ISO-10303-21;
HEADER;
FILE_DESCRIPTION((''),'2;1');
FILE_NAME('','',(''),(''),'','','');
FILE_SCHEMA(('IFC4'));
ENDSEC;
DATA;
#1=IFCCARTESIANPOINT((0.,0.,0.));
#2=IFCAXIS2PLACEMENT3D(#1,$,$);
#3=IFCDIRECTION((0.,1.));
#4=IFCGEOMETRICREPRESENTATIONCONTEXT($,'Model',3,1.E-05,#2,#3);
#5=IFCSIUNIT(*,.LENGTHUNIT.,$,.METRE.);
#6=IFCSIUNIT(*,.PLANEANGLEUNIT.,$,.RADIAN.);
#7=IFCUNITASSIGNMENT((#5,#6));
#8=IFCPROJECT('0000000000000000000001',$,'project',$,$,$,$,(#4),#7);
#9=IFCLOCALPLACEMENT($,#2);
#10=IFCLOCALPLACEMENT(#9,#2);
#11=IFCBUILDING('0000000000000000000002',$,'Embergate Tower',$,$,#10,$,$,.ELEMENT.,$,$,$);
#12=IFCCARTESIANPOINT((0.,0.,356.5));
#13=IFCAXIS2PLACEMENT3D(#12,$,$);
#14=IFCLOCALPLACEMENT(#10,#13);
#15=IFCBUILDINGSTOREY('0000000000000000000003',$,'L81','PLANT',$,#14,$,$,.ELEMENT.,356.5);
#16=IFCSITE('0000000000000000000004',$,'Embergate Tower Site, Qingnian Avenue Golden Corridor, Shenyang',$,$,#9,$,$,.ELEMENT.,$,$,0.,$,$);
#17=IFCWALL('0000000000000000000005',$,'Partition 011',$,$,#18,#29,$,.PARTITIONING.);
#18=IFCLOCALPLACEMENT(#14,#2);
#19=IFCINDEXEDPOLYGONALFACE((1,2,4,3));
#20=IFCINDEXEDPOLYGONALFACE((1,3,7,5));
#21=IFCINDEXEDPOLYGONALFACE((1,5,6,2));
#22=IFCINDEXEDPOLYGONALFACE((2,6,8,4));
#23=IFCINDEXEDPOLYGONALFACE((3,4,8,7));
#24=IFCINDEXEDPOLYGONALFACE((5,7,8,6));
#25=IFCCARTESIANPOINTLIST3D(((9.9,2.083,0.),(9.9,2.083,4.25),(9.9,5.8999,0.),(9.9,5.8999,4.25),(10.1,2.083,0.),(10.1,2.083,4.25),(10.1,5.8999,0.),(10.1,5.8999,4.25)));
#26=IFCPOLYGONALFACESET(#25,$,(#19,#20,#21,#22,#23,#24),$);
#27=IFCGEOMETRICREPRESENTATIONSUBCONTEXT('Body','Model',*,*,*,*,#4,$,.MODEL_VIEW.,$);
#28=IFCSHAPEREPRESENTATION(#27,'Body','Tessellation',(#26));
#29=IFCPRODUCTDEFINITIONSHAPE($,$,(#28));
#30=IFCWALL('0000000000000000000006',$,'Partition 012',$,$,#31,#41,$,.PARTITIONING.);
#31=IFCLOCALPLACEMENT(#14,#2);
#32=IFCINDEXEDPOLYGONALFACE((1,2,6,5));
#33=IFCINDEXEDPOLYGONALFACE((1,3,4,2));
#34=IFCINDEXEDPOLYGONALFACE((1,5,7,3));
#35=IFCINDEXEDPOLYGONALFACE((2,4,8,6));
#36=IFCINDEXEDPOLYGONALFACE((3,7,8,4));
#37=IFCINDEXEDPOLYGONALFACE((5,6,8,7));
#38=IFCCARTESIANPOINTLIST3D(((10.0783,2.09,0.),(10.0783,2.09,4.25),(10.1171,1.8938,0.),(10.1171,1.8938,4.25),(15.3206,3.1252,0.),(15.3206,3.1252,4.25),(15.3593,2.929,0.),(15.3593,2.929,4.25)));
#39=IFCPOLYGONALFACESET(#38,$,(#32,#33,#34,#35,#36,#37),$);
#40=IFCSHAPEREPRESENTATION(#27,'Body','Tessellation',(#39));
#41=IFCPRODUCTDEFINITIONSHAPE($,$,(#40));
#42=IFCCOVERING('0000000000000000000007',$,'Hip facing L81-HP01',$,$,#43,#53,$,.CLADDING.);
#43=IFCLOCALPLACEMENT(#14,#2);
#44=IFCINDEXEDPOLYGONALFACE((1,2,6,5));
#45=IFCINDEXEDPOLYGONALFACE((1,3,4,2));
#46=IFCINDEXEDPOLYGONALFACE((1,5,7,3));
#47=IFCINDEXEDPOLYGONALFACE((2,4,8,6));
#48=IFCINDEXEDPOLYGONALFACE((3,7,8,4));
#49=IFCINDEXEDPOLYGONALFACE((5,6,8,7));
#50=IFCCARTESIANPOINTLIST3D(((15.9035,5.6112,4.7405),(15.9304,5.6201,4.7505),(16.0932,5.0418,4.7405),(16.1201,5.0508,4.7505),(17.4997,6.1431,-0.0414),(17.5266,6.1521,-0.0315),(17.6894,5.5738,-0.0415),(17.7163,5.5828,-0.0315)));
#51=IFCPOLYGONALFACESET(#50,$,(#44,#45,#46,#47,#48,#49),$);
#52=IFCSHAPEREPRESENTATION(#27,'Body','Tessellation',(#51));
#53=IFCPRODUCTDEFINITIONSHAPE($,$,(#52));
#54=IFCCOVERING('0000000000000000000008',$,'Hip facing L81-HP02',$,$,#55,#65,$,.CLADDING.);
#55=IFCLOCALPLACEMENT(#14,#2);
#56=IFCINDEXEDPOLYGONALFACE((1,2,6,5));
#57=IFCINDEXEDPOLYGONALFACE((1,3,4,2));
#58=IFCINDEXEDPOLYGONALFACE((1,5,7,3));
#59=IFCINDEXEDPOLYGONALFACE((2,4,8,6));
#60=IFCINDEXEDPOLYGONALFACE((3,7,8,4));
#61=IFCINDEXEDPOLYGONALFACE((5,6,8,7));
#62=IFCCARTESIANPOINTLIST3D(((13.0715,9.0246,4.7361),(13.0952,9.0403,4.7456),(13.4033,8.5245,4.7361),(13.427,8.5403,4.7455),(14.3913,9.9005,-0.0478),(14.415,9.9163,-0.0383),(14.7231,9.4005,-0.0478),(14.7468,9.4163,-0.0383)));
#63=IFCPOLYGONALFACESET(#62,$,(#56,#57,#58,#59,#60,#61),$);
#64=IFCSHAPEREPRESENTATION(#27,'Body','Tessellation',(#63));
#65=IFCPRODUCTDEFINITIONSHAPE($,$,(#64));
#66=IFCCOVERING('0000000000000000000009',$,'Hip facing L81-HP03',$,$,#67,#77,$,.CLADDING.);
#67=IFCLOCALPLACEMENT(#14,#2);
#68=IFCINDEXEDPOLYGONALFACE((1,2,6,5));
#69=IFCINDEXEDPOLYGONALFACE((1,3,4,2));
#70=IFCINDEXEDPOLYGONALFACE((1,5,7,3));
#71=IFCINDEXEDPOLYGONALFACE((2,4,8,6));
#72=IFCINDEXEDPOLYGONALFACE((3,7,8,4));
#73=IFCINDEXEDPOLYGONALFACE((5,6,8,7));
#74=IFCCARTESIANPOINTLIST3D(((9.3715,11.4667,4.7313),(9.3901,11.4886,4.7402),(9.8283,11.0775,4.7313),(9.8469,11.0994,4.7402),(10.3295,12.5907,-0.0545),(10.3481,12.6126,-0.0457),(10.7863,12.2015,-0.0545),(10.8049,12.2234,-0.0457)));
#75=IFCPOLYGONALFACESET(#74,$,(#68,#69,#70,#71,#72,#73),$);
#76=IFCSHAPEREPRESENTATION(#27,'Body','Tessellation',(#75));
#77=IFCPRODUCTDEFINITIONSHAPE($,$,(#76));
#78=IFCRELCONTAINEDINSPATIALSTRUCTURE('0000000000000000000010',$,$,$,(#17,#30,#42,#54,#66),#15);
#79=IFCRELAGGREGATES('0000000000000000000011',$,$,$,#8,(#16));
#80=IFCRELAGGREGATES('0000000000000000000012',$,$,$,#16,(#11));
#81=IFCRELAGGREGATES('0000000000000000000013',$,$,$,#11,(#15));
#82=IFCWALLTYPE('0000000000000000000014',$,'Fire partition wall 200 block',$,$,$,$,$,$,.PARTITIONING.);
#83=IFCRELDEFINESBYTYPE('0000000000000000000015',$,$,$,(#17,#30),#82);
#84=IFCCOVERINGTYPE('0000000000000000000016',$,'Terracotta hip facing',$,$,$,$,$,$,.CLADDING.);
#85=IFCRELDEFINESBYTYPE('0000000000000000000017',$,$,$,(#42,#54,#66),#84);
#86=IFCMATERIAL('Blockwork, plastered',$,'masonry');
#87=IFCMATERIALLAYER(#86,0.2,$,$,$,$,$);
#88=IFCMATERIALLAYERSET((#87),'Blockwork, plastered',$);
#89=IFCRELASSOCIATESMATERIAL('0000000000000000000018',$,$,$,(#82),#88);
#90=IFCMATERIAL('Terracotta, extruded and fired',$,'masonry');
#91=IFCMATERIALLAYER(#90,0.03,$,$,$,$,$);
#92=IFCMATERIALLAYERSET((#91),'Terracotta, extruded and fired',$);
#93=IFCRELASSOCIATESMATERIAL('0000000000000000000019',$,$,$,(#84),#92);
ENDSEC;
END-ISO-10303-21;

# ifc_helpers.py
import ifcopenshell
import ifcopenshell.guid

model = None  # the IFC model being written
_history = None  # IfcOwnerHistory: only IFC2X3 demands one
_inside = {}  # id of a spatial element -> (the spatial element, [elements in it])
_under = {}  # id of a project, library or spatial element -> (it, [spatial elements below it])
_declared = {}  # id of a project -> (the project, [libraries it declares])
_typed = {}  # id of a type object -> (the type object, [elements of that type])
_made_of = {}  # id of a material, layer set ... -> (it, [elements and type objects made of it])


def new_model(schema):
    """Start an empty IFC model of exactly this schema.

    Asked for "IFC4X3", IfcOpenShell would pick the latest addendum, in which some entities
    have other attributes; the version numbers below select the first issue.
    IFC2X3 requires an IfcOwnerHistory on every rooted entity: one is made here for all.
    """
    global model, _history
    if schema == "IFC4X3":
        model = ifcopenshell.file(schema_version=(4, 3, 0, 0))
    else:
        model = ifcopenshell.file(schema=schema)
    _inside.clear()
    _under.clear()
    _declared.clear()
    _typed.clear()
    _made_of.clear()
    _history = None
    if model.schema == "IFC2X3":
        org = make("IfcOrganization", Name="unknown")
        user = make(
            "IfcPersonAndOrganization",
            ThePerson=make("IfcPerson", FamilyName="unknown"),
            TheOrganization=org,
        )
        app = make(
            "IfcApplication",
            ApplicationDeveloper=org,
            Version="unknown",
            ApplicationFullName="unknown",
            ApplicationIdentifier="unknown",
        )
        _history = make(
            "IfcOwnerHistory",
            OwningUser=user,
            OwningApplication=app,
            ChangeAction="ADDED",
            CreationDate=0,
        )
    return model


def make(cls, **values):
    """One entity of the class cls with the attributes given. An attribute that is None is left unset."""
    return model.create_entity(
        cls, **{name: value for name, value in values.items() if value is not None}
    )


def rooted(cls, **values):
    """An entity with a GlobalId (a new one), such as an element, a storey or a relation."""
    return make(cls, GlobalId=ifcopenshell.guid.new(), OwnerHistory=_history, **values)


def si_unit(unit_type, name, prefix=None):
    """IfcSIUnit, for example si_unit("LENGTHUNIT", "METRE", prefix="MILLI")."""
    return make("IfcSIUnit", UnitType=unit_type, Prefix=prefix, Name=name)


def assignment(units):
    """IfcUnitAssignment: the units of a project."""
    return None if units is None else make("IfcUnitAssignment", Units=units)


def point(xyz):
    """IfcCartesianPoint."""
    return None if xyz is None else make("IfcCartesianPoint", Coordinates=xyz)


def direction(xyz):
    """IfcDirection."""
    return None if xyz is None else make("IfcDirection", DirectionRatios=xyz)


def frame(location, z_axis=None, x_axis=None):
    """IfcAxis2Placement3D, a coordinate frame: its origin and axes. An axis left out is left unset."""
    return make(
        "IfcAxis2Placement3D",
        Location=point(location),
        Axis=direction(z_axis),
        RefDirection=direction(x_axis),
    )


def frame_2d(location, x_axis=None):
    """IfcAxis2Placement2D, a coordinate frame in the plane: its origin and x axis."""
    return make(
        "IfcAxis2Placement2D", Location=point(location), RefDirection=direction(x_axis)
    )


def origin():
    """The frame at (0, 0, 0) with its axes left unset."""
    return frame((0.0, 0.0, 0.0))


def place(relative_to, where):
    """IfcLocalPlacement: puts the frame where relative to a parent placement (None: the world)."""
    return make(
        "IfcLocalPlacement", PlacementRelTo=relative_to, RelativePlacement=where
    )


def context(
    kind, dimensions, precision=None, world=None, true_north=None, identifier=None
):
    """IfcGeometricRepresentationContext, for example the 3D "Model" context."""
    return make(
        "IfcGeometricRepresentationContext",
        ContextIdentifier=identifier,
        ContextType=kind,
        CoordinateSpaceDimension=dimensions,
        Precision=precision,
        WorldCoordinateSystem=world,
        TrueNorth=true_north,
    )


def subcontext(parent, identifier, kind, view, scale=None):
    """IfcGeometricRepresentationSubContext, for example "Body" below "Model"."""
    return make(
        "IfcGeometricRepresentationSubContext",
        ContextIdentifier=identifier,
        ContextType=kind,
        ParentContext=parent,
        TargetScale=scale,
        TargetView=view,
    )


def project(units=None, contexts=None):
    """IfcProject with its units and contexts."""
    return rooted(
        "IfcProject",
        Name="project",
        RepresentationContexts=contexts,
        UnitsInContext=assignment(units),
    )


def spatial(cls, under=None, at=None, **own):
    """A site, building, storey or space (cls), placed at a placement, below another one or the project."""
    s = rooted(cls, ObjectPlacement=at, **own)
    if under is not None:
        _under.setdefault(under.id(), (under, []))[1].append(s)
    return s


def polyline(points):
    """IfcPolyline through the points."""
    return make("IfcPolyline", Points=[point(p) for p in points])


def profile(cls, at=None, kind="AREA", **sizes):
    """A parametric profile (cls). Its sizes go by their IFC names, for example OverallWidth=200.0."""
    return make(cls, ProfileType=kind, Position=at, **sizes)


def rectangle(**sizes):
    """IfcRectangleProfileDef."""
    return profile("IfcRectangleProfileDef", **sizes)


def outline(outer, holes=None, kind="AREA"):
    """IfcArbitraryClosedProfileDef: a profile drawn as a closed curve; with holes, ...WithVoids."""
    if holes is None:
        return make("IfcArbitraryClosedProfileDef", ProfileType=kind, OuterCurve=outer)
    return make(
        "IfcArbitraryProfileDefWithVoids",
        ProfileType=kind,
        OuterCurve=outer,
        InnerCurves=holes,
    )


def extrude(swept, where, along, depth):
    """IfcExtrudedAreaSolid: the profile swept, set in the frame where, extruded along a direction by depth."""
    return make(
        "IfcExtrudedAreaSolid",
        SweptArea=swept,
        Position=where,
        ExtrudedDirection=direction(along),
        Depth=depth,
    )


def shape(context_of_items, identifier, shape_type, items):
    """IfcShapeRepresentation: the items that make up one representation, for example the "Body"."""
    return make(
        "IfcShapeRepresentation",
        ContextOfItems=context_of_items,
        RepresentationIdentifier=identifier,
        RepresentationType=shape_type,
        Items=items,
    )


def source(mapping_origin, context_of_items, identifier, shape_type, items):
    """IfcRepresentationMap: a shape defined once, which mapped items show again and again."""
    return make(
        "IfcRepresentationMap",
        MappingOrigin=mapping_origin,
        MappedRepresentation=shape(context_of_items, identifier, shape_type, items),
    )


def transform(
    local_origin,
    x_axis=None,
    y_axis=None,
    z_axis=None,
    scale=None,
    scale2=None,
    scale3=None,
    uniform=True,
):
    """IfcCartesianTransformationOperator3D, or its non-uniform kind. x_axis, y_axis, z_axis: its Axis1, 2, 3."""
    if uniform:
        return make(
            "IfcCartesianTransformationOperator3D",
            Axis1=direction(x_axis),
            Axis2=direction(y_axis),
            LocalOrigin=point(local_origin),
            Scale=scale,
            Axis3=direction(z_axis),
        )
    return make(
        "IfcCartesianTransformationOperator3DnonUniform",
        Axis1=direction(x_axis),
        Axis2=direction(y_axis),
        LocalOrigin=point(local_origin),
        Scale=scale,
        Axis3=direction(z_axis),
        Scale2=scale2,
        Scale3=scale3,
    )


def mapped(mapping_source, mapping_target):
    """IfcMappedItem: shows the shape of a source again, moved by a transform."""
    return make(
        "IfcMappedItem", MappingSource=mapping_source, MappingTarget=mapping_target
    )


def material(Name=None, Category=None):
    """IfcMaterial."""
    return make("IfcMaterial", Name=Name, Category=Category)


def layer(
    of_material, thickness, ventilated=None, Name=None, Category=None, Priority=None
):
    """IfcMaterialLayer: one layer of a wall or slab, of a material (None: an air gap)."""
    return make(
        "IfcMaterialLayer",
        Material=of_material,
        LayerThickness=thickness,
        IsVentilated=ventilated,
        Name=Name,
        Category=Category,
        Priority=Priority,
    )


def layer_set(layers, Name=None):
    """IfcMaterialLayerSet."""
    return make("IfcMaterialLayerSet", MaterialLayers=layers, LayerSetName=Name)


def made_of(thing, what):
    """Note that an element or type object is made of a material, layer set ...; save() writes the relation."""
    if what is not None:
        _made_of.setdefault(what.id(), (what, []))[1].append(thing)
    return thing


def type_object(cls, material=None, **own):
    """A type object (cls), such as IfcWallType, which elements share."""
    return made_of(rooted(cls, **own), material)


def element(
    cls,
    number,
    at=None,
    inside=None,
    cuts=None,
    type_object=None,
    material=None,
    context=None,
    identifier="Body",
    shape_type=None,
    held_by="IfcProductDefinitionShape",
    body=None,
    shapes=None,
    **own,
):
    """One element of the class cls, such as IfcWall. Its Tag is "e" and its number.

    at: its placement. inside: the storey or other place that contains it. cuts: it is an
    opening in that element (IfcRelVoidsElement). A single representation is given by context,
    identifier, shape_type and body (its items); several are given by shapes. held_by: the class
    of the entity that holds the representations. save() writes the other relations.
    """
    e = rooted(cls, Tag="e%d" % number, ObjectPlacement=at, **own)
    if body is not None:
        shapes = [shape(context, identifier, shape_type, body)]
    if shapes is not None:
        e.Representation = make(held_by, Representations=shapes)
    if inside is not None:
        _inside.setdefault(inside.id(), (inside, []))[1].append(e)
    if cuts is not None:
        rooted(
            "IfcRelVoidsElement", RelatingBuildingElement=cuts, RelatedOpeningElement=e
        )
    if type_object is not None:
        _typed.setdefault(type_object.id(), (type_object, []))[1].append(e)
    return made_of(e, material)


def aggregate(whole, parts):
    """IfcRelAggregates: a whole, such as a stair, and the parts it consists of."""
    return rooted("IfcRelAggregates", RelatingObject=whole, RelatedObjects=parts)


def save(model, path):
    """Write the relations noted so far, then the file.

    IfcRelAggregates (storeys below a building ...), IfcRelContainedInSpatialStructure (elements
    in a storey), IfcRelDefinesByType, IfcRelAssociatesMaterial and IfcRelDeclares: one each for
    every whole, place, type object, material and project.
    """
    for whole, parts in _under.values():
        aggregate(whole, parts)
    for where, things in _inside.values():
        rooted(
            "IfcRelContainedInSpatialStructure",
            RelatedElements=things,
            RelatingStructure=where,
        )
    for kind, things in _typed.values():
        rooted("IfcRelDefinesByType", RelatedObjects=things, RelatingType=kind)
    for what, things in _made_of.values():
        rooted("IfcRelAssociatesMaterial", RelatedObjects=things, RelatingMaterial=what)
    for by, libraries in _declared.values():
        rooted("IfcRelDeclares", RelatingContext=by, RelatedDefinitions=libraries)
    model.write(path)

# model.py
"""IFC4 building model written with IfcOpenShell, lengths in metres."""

from ifc_helpers import new_model, si_unit, direction, frame, frame_2d, origin, place, context, subcontext, project, spatial, polyline, rectangle, outline, extrude, source, transform, mapped, material, layer, layer_set, type_object, element, save


model = new_model("IFC4")

# Units and contexts
model_context = context("Model", 3, precision=1e-05, world=origin(), true_north=direction((0.0, 1.0)))
body_context = subcontext(model_context, "Body", "Model", "MODEL_VIEW")
ifc_project = project(units=[si_unit("LENGTHUNIT", "METRE"), si_unit("PLANEANGLEUNIT", "RADIAN")], contexts=[model_context])

# Site, building, storey
site_placement = place(None, origin())
site = spatial("IfcSite", under=ifc_project, at=site_placement, Name="Embergate Tower Site, Qingnian Avenue Golden Corridor, Shenyang", CompositionType="ELEMENT", RefElevation=0.0)
building_placement = place(site_placement, origin())
building = spatial("IfcBuilding", under=site, at=building_placement, Name="Embergate Tower", CompositionType="ELEMENT")
storey_placement = place(building_placement, frame((0.0, 0.0, 356.5)))
storey = spatial("IfcBuildingStorey", under=building, at=storey_placement, Name="L81", Description="PLANT", CompositionType="ELEMENT", Elevation=356.5)

# Walls
ifc_material_1 = material(Name="Blockwork, plastered", Category="masonry")
ifc_layer_1 = layer(ifc_material_1, 0.2)
ifc_layer_set_1 = layer_set([ifc_layer_1], Name="Blockwork, plastered")
wall_type_1 = type_object("IfcWallType", Name="Fire partition wall 200 block", PredefinedType="PARTITIONING", material=ifc_layer_set_1)
shared_shape_1 = source(origin(), body_context, "Body", "SweptSolid", [
    extrude(rectangle(XDim=3.8169, YDim=0.2, at=frame_2d((1.9084, 0.0))), origin(), (0.0, 0.0, 1.0), 4.25),
])
wall_1_placement = place(storey_placement, frame((10.0, 5.8999, 0.0), z_axis=(0.0, 0.0, 1.0), x_axis=(0.0, -1.0, 0.0)))
element("IfcWall", 1, at=wall_1_placement, inside=storey, type_object=wall_type_1, Name="Partition 011", PredefinedType="PARTITIONING", context=body_context, shape_type="MappedRepresentation", body=[
    mapped(shared_shape_1, transform((0.0, 0.0, 0.0))),
])
shared_shape_2 = source(origin(), body_context, "Body", "SweptSolid", [
    extrude(rectangle(XDim=5.3435, YDim=0.2, at=frame_2d((2.6719, 0.0))), origin(), (0.0, 0.0, 1.0), 4.25),
])
wall_2_placement = place(storey_placement, frame((15.3401, 3.0271, 0.0), z_axis=(0.0, 0.0, 1.0), x_axis=(-0.981056, -0.193726, 0.0)))
element("IfcWall", 2, at=wall_2_placement, inside=storey, type_object=wall_type_1, Name="Partition 012", PredefinedType="PARTITIONING", context=body_context, shape_type="MappedRepresentation", body=[
    mapped(shared_shape_2, transform((0.0, 0.0, 0.0))),
])

# Coverings
ifc_material_2 = material(Name="Terracotta, extruded and fired", Category="masonry")
ifc_layer_2 = layer(ifc_material_2, 0.03)
ifc_layer_set_2 = layer_set([ifc_layer_2], Name="Terracotta, extruded and fired")
covering_type = type_object("IfcCoveringType", Name="Terracotta hip facing", PredefinedType="CLADDING", material=ifc_layer_set_2)
shared_shape_3 = source(origin(), body_context, "Body", "SweptSolid", [
    extrude(outline(polyline([(0.0, 0.0), (5.0693, 0.0), (5.0693, -0.6001), (0.0, -0.6001), (0.0, 0.0)])), origin(), (0.0, 0.0, -1.0), 0.03),
])
covering_1_placement = place(storey_placement, frame((17.7163, 5.5828, -0.0315), z_axis=(0.894946, 0.298187, 0.331899), x_axis=(-0.314872, -0.104941, 0.943315)))
element("IfcCovering", 3, at=covering_1_placement, inside=storey, type_object=covering_type, Name="Hip facing L81-HP01", PredefinedType="CLADDING", context=body_context, shape_type="MappedRepresentation", body=[
    mapped(shared_shape_3, transform((0.0, 0.0, 0.0))),
])
shared_shape_4 = source(origin(), body_context, "Body", "SweptSolid", [
    extrude(outline(polyline([(0.0, 0.0), (5.0393, 0.0), (5.0393, -0.6001), (0.0, -0.6001), (0.0, 0.0)])), origin(), (0.0, 0.0, -1.0), 0.03),
])
covering_2_placement = place(storey_placement, frame((14.7468, 9.4163, -0.0383), z_axis=(0.791002, 0.524888, 0.314338), x_axis=(-0.261902, -0.173826, 0.949311)))
element("IfcCovering", 4, at=covering_2_placement, inside=storey, type_object=covering_type, Name="Hip facing L81-HP02", PredefinedType="CLADDING", context=body_context, shape_type="MappedRepresentation", body=[
    mapped(shared_shape_4, transform((0.0, 0.0, 0.0))),
])
shared_shape_5 = source(origin(), body_context, "Body", "SweptSolid", [
    extrude(outline(polyline([(0.0, 0.0), (5.0085, 0.0), (5.0085, -0.6001), (0.0, -0.6001), (0.0, 0.0)])), origin(), (0.0, 0.0, -1.0), 0.03),
])
covering_3_placement = place(storey_placement, frame((10.8049, 12.2234, -0.0457), z_axis=(0.619675, 0.72736, 0.294872), x_axis=(-0.191273, -0.224419, 0.955537)))
element("IfcCovering", 5, at=covering_3_placement, inside=storey, type_object=covering_type, Name="Hip facing L81-HP03", PredefinedType="CLADDING", context=body_context, shape_type="MappedRepresentation", body=[
    mapped(shared_shape_5, transform((0.0, 0.0, 0.0))),
])

save(model, "model.ifc")
